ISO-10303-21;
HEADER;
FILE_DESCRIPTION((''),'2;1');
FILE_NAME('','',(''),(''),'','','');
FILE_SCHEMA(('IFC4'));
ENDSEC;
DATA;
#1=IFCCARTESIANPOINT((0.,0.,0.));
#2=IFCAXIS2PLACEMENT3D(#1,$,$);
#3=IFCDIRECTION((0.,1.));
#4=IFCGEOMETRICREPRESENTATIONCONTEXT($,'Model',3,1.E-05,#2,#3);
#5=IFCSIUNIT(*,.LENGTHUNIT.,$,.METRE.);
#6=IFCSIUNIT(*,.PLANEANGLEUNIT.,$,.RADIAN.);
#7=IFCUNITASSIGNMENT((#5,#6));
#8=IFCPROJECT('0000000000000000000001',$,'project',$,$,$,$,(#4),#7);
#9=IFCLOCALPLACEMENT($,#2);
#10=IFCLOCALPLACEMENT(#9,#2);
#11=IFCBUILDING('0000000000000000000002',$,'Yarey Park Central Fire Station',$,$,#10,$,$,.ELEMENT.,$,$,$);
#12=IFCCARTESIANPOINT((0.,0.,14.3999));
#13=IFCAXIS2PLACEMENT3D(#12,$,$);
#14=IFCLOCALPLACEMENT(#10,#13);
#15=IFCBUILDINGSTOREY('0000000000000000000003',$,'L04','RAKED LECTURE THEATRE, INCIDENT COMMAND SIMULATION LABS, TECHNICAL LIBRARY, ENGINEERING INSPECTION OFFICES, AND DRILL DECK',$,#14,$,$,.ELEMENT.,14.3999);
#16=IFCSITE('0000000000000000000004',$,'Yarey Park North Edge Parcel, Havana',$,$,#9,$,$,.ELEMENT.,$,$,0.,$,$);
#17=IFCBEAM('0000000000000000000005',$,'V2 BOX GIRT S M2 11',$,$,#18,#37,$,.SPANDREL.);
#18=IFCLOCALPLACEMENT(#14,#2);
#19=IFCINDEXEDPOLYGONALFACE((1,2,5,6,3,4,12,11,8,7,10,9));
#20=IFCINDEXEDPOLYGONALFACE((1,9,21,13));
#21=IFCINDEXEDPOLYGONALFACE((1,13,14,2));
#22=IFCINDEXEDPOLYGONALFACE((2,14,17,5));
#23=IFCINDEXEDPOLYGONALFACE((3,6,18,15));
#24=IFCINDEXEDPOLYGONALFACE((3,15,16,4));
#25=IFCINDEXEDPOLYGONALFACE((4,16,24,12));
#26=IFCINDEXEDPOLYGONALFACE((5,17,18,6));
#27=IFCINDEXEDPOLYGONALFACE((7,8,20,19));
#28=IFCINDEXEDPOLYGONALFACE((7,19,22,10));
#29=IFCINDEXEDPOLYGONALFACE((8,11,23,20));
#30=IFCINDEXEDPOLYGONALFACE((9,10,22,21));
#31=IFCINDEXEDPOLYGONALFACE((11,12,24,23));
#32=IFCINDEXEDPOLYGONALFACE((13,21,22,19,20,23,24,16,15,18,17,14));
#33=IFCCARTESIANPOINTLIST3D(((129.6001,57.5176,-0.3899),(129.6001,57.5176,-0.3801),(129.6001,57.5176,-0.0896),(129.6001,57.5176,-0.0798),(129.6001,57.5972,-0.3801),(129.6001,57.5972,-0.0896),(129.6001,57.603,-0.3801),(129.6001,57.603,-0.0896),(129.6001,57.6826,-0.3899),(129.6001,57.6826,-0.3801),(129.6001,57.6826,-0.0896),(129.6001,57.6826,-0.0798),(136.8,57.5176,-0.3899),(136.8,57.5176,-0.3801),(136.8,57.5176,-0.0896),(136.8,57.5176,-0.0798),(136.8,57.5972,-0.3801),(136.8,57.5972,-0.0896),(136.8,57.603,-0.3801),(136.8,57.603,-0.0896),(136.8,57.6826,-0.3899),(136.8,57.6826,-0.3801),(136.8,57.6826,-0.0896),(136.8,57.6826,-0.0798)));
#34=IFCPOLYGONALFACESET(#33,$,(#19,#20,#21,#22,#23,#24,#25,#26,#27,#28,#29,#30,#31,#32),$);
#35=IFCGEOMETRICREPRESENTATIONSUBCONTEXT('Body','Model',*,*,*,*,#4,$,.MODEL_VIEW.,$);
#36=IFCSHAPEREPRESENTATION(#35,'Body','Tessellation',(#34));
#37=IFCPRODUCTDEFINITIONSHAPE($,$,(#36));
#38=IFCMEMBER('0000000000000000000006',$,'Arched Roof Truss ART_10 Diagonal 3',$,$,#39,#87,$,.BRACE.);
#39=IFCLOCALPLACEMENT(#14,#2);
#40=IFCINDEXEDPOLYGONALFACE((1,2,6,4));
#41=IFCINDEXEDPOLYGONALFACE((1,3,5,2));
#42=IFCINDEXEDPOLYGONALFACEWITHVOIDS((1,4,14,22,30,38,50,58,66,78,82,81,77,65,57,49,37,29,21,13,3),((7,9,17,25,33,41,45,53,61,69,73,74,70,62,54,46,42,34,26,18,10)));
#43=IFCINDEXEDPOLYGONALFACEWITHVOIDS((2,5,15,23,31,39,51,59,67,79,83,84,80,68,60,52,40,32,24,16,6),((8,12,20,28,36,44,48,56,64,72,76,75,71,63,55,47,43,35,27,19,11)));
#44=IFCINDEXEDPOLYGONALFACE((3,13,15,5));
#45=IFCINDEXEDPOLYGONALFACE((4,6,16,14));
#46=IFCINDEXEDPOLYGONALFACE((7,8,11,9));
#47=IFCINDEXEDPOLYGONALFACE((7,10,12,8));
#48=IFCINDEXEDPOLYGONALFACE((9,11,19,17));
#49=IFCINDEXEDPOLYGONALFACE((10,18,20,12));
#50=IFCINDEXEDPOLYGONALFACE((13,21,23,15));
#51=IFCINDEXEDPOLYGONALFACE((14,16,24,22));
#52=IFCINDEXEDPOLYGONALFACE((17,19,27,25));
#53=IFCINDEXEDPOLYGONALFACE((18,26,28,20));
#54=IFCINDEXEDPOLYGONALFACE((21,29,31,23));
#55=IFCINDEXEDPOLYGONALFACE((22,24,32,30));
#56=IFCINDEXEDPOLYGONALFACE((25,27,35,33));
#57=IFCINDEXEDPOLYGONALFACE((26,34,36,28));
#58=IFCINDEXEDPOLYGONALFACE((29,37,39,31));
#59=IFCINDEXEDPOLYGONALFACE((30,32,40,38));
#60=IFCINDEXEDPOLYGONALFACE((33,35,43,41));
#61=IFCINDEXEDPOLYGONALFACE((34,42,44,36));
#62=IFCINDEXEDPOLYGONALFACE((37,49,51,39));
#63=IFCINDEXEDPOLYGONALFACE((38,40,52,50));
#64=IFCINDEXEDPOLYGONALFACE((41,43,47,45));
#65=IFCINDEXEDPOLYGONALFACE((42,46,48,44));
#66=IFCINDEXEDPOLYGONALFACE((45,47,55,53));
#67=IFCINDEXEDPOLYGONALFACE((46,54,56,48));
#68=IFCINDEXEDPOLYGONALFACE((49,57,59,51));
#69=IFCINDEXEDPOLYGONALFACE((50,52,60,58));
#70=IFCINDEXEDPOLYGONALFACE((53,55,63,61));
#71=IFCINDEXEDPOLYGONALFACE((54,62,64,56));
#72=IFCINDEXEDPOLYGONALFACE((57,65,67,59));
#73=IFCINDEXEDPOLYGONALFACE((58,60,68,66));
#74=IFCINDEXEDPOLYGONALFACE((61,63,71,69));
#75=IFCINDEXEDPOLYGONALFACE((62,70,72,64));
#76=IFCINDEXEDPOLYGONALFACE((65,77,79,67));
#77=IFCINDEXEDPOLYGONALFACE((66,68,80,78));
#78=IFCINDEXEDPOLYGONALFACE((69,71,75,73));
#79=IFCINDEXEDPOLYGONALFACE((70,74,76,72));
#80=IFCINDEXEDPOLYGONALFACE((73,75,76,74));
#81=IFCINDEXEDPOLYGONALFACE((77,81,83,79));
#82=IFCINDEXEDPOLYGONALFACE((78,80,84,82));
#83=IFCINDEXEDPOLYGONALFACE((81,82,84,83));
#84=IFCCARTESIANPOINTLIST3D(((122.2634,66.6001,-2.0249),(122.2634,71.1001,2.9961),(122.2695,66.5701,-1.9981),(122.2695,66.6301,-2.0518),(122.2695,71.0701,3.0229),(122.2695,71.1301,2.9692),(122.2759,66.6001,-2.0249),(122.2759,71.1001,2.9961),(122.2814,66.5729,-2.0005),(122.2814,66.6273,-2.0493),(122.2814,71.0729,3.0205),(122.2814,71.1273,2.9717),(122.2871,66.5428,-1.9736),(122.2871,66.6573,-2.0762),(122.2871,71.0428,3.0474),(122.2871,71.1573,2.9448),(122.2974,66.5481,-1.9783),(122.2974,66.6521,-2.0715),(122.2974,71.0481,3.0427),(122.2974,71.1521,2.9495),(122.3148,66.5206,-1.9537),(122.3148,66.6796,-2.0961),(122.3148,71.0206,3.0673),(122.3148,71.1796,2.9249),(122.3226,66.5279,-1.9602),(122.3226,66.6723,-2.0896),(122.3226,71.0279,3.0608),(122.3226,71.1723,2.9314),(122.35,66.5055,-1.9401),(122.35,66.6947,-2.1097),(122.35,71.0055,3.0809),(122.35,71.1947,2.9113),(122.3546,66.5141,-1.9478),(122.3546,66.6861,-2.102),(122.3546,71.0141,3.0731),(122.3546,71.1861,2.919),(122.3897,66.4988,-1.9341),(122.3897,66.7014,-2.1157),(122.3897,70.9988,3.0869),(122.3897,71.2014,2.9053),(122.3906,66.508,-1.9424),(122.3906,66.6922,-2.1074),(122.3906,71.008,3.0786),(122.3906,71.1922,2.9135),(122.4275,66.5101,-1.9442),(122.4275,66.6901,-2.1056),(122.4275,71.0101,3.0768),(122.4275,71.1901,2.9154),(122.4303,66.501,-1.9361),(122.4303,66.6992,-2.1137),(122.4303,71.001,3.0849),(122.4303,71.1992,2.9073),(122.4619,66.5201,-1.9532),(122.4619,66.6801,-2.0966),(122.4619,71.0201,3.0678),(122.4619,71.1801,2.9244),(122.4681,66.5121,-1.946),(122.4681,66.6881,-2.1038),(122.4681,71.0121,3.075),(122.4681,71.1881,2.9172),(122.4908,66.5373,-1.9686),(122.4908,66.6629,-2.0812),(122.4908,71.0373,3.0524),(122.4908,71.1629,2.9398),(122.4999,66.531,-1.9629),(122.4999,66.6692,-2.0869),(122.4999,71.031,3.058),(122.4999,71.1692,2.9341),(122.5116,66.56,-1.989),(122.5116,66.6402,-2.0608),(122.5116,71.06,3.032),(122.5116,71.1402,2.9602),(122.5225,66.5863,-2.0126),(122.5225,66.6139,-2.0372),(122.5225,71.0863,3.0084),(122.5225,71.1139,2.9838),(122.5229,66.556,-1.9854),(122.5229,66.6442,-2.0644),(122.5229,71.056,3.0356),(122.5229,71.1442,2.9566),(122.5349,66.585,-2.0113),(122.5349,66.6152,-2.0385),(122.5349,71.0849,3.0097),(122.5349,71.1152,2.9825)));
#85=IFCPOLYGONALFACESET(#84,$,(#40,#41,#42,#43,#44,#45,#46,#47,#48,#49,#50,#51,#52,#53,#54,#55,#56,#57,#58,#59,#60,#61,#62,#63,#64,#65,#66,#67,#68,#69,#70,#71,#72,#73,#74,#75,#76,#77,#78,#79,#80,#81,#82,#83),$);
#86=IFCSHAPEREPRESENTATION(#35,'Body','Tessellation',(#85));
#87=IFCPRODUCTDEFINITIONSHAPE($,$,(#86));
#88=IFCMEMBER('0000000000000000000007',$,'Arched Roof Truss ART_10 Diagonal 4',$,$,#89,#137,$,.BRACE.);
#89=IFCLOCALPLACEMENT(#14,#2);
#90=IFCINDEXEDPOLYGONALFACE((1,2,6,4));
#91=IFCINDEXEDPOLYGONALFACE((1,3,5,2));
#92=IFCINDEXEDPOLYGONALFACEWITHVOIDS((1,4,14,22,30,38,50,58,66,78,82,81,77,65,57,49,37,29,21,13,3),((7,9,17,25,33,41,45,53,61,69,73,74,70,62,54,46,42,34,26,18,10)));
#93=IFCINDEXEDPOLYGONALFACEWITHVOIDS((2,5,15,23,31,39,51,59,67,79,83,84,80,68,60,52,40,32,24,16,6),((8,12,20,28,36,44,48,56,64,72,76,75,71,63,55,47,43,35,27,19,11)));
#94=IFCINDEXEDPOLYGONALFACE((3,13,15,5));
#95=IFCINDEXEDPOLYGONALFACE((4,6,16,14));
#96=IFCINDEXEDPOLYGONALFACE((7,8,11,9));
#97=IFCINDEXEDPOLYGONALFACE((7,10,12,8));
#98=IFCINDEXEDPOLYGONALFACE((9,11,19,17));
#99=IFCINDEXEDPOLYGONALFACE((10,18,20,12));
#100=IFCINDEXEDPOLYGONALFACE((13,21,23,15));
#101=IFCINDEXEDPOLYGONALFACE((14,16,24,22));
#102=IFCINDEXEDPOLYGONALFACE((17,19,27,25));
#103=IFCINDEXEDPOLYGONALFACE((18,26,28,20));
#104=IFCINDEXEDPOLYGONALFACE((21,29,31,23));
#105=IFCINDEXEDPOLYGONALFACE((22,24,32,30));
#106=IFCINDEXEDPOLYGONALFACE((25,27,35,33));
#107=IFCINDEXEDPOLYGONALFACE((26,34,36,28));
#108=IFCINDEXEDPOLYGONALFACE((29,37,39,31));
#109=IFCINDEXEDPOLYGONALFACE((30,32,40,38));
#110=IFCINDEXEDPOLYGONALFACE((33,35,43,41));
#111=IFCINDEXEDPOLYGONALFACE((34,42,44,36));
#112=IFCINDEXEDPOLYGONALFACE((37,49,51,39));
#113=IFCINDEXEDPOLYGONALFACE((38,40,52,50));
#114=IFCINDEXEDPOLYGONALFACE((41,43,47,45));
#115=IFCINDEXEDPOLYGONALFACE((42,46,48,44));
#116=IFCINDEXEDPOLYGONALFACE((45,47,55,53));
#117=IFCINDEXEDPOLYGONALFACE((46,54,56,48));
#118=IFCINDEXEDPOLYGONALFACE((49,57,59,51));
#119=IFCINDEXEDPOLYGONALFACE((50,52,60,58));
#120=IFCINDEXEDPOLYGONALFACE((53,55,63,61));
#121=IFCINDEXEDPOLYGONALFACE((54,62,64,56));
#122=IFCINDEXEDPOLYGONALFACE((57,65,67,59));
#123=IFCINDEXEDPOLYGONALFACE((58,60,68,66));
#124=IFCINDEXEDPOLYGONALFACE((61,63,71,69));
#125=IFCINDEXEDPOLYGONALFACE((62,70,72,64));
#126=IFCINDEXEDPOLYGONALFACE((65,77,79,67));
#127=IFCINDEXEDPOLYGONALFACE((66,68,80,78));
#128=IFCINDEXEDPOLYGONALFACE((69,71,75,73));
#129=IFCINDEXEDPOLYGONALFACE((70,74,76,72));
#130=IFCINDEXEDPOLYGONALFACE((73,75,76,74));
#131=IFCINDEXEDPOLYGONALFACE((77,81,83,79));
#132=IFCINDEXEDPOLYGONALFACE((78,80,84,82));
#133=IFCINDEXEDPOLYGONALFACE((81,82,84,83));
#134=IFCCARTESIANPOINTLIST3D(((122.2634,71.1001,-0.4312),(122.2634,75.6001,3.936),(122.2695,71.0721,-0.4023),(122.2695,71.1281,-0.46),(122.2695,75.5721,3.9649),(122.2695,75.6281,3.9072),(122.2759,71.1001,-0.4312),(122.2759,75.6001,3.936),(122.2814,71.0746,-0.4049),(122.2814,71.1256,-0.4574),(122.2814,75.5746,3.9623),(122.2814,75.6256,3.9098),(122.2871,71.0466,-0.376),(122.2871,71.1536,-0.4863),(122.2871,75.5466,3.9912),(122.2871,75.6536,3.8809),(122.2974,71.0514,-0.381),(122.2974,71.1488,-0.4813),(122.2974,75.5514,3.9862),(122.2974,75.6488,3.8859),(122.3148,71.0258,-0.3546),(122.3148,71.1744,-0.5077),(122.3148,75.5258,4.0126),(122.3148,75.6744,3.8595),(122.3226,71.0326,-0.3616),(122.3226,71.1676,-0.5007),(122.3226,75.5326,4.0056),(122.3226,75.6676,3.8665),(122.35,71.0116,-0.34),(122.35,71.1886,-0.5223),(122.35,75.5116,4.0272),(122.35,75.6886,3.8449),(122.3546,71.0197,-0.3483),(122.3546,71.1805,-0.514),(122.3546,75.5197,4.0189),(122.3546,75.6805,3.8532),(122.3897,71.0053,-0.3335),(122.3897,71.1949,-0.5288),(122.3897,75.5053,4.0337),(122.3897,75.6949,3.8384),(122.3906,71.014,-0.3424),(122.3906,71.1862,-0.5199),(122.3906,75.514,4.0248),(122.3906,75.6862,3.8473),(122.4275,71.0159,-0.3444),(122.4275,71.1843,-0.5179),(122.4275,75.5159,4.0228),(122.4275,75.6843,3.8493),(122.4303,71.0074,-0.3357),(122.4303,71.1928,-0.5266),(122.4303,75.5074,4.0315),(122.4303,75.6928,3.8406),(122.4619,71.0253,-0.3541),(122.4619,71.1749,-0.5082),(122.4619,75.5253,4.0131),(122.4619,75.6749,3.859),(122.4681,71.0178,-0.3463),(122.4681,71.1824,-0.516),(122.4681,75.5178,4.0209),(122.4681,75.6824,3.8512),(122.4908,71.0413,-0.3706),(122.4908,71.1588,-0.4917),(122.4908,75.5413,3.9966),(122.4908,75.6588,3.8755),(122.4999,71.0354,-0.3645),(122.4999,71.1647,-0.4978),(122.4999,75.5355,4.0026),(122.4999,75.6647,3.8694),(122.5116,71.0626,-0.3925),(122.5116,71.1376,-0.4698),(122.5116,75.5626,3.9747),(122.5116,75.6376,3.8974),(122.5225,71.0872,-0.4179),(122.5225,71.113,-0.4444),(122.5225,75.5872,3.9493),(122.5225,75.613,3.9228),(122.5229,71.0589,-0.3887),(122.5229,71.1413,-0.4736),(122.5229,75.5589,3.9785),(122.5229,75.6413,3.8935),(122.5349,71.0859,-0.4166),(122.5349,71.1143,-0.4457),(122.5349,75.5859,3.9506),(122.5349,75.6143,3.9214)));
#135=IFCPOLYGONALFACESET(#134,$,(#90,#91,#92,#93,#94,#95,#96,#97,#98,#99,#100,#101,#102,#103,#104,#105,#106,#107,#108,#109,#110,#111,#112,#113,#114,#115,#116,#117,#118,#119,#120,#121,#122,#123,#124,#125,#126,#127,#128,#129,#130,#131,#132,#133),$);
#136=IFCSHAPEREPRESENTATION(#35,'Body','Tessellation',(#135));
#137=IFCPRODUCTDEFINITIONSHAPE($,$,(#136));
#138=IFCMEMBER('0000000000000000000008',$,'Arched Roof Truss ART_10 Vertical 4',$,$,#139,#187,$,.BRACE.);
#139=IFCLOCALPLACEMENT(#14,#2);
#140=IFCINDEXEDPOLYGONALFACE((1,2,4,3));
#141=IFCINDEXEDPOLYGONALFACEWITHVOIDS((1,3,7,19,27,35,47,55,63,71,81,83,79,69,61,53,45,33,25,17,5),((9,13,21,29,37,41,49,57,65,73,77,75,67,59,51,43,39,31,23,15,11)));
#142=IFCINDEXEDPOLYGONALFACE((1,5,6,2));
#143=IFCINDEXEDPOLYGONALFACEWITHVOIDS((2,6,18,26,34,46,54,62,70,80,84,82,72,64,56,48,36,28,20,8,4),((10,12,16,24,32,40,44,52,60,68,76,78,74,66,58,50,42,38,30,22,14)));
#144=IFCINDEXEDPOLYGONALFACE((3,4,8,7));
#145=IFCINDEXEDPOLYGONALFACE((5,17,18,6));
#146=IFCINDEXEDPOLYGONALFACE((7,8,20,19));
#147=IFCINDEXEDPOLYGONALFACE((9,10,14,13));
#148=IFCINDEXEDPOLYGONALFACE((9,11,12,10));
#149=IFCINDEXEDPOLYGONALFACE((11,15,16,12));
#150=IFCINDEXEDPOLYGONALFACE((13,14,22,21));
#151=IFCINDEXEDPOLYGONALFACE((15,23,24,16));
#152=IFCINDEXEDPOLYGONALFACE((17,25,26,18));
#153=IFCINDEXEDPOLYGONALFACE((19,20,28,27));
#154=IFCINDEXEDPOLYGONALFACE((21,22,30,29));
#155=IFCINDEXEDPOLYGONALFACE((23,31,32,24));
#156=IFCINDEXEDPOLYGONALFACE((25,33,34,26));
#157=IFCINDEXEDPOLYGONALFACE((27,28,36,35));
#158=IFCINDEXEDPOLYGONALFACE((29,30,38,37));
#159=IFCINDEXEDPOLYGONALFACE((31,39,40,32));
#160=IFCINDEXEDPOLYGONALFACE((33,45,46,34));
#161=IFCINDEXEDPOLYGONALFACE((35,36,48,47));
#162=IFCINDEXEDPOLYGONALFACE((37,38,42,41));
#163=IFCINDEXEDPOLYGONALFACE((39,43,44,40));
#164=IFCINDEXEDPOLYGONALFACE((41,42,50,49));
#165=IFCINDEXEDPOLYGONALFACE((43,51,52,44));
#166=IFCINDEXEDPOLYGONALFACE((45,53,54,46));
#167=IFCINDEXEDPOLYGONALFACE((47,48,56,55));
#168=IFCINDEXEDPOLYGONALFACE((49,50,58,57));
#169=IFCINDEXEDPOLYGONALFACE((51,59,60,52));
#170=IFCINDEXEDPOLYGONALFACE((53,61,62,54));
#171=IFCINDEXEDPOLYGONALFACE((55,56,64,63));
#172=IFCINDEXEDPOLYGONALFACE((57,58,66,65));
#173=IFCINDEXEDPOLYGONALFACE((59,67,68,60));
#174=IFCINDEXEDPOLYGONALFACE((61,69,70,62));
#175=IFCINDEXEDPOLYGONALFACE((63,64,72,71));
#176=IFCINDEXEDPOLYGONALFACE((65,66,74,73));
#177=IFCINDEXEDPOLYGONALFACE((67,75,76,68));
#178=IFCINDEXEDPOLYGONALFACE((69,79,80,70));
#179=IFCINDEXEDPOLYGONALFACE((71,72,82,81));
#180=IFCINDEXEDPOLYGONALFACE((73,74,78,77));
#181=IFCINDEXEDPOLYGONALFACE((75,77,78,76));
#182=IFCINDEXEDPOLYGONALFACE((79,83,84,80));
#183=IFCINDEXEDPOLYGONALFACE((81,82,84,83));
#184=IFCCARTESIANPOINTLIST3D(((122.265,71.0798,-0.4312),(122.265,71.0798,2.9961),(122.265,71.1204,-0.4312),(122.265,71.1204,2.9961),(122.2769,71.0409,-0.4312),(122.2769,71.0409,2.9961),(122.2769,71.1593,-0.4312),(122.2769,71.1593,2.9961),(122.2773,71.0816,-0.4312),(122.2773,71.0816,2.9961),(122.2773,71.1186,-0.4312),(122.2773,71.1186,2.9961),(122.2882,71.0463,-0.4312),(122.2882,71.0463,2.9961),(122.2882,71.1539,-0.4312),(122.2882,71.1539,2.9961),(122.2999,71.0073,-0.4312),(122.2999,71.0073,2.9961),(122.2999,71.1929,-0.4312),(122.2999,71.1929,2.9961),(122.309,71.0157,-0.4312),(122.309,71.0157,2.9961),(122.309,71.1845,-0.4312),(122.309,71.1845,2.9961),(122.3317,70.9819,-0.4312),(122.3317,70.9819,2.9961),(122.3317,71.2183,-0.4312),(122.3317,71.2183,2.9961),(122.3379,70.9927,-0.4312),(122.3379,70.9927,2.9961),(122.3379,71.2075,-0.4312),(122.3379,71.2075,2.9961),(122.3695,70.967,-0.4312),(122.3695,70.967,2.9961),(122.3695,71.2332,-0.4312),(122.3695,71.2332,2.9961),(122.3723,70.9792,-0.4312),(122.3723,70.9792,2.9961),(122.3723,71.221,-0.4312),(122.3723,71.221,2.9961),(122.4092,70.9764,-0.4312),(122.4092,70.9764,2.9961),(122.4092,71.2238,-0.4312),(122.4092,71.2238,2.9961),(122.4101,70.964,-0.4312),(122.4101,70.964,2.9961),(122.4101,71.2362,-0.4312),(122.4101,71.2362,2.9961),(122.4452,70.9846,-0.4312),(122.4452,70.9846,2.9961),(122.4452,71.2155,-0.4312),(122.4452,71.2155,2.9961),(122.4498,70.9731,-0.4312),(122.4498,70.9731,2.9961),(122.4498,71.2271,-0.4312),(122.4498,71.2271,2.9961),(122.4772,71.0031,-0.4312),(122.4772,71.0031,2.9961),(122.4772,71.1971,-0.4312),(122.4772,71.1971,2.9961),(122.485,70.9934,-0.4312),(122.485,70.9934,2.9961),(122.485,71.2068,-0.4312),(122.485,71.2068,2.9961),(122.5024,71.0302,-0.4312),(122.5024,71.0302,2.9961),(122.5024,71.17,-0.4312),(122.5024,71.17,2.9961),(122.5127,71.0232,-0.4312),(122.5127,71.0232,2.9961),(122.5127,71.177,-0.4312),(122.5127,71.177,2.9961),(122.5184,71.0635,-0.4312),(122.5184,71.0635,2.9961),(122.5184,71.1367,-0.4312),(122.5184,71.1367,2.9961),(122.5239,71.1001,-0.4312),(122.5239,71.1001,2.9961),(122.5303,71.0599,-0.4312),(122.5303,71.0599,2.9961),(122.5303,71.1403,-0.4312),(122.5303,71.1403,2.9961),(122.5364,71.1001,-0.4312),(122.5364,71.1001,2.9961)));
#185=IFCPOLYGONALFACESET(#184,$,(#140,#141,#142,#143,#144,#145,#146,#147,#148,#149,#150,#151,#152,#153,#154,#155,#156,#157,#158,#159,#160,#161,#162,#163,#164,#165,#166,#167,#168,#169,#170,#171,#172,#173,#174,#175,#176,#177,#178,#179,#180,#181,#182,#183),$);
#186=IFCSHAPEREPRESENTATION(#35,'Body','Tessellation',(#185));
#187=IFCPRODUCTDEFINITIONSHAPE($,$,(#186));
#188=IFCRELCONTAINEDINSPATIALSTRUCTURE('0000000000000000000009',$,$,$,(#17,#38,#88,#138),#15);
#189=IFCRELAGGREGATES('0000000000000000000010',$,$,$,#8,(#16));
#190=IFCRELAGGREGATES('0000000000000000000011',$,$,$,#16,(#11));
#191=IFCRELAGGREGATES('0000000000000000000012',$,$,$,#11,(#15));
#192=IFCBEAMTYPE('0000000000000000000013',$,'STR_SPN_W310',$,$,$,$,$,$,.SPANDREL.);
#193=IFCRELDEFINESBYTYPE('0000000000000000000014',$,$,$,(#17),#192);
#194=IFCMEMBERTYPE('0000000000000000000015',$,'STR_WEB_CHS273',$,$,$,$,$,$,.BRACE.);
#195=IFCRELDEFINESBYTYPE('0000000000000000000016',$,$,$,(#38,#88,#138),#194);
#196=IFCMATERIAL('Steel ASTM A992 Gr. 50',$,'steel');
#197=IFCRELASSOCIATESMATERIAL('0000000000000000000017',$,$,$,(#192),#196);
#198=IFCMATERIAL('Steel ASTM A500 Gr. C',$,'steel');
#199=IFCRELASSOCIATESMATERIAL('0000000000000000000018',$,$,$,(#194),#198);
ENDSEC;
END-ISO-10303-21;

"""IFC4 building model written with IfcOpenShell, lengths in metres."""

from ifc_helpers import new_model, si_unit, direction, frame, origin, origin_2d, place, context, subcontext, project, spatial, hollow_circle, i_section, extrude, material, material_profile, profile_set, type_object, element, save


model = new_model("IFC4")

# Units and contexts
model_context = context("Model", 3, precision=1e-05, world=origin(), true_north=direction((0.0, 1.0)))
body_context = subcontext(model_context, "Body", "Model", "MODEL_VIEW")
ifc_project = project(units=[si_unit("LENGTHUNIT", "METRE"), si_unit("PLANEANGLEUNIT", "RADIAN")], contexts=[model_context])

# Site, building, storey
site_placement = place(None, origin())
site = spatial("IfcSite", under=ifc_project, at=site_placement, Name="Yarey Park North Edge Parcel, Havana", CompositionType="ELEMENT", RefElevation=0.0)
building_placement = place(site_placement, origin())
building = spatial("IfcBuilding", under=site, at=building_placement, Name="Yarey Park Central Fire Station", CompositionType="ELEMENT")
storey_placement = place(building_placement, frame((0.0, 0.0, 14.3999)))
storey = spatial("IfcBuildingStorey", under=building, at=storey_placement, Name="L04", Description="RAKED LECTURE THEATRE, INCIDENT COMMAND SIMULATION LABS, TECHNICAL LIBRARY, ENGINEERING INSPECTION OFFICES, AND DRILL DECK", CompositionType="ELEMENT", Elevation=14.3999)

# Shared definitions
ifc_material_1 = material(Name="Steel ASTM A992 Gr. 50", Category="steel")

# Shared definitions
ifc_material_2 = material(Name="Steel ASTM A500 Gr. C", Category="steel")

# Beam
ifc_material_profile_1 = material_profile(ifc_material_1, i_section(OverallWidth=0.165, OverallDepth=0.3101, WebThickness=0.0059, FlangeThickness=0.0098, at=origin_2d()), Name="W310x39")
ifc_profile_set_1 = profile_set([ifc_material_profile_1], Name="Steel ASTM A992 Gr. 50")
beam_type = type_object("IfcBeamType", Name="STR_SPN_W310", PredefinedType="SPANDREL", material=ifc_profile_set_1)
beam_placement = place(storey_placement, frame((129.6001, 57.6001, -0.2349), z_axis=(1.0, 0.0, 0.0), x_axis=(0.0, 1.0, 0.0)))
element("IfcBeam", 1, at=beam_placement, inside=storey, type_object=beam_type, Name="V2 BOX GIRT S M2 11", PredefinedType="SPANDREL", context=body_context, shape_type="SweptSolid", body=[
    extrude(i_section(OverallWidth=0.165, OverallDepth=0.3101, WebThickness=0.0059, FlangeThickness=0.0098, at=origin_2d()), origin(), (0.0, 0.0, 1.0), 7.2),
])

# Members
ifc_material_profile_2 = material_profile(ifc_material_2, hollow_circle(Radius=0.1365, WallThickness=0.0125, at=origin_2d()), Name="CHS 273x12.5")
ifc_profile_set_2 = profile_set([ifc_material_profile_2], Name="Steel ASTM A500 Gr. C")
member_type_1 = type_object("IfcMemberType", Name="STR_WEB_CHS273", PredefinedType="BRACE", material=ifc_profile_set_2)
member_1_placement = place(storey_placement, frame((122.3999, 66.6001, -2.0249), z_axis=(0.0, 0.667415, 0.744686), x_axis=(-1.0, 0.0, 0.0)))
element("IfcMember", 2, at=member_1_placement, inside=storey, type_object=member_type_1, Name="Arched Roof Truss ART_10 Diagonal 3", PredefinedType="BRACE", context=body_context, shape_type="SweptSolid", body=[
    extrude(hollow_circle(Radius=0.1365, WallThickness=0.0125, at=origin_2d()), origin(), (0.0, 0.0, 1.0), 6.7424),
])
member_2_placement = place(storey_placement, frame((122.3999, 71.1001, -0.4312), z_axis=(0.0, 0.717617, 0.696438), x_axis=(-1.0, 0.0, 0.0)))
element("IfcMember", 3, at=member_2_placement, inside=storey, type_object=member_type_1, Name="Arched Roof Truss ART_10 Diagonal 4", PredefinedType="BRACE", context=body_context, shape_type="SweptSolid", body=[
    extrude(hollow_circle(Radius=0.1365, WallThickness=0.0125, at=origin_2d()), origin(), (0.0, 0.0, 1.0), 6.2708),
])
member_3_placement = place(storey_placement, frame((122.3999, 71.1001, -0.4312), z_axis=(0.0, 0.0, 1.0), x_axis=(1.0, 0.0, 0.0)))
element("IfcMember", 4, at=member_3_placement, inside=storey, type_object=member_type_1, Name="Arched Roof Truss ART_10 Vertical 4", PredefinedType="BRACE", context=body_context, shape_type="SweptSolid", body=[
    extrude(hollow_circle(Radius=0.1365, WallThickness=0.0125, at=origin_2d()), origin(), (0.0, 0.0, 1.0), 3.4272),
])

save(model, "model.ifc")
